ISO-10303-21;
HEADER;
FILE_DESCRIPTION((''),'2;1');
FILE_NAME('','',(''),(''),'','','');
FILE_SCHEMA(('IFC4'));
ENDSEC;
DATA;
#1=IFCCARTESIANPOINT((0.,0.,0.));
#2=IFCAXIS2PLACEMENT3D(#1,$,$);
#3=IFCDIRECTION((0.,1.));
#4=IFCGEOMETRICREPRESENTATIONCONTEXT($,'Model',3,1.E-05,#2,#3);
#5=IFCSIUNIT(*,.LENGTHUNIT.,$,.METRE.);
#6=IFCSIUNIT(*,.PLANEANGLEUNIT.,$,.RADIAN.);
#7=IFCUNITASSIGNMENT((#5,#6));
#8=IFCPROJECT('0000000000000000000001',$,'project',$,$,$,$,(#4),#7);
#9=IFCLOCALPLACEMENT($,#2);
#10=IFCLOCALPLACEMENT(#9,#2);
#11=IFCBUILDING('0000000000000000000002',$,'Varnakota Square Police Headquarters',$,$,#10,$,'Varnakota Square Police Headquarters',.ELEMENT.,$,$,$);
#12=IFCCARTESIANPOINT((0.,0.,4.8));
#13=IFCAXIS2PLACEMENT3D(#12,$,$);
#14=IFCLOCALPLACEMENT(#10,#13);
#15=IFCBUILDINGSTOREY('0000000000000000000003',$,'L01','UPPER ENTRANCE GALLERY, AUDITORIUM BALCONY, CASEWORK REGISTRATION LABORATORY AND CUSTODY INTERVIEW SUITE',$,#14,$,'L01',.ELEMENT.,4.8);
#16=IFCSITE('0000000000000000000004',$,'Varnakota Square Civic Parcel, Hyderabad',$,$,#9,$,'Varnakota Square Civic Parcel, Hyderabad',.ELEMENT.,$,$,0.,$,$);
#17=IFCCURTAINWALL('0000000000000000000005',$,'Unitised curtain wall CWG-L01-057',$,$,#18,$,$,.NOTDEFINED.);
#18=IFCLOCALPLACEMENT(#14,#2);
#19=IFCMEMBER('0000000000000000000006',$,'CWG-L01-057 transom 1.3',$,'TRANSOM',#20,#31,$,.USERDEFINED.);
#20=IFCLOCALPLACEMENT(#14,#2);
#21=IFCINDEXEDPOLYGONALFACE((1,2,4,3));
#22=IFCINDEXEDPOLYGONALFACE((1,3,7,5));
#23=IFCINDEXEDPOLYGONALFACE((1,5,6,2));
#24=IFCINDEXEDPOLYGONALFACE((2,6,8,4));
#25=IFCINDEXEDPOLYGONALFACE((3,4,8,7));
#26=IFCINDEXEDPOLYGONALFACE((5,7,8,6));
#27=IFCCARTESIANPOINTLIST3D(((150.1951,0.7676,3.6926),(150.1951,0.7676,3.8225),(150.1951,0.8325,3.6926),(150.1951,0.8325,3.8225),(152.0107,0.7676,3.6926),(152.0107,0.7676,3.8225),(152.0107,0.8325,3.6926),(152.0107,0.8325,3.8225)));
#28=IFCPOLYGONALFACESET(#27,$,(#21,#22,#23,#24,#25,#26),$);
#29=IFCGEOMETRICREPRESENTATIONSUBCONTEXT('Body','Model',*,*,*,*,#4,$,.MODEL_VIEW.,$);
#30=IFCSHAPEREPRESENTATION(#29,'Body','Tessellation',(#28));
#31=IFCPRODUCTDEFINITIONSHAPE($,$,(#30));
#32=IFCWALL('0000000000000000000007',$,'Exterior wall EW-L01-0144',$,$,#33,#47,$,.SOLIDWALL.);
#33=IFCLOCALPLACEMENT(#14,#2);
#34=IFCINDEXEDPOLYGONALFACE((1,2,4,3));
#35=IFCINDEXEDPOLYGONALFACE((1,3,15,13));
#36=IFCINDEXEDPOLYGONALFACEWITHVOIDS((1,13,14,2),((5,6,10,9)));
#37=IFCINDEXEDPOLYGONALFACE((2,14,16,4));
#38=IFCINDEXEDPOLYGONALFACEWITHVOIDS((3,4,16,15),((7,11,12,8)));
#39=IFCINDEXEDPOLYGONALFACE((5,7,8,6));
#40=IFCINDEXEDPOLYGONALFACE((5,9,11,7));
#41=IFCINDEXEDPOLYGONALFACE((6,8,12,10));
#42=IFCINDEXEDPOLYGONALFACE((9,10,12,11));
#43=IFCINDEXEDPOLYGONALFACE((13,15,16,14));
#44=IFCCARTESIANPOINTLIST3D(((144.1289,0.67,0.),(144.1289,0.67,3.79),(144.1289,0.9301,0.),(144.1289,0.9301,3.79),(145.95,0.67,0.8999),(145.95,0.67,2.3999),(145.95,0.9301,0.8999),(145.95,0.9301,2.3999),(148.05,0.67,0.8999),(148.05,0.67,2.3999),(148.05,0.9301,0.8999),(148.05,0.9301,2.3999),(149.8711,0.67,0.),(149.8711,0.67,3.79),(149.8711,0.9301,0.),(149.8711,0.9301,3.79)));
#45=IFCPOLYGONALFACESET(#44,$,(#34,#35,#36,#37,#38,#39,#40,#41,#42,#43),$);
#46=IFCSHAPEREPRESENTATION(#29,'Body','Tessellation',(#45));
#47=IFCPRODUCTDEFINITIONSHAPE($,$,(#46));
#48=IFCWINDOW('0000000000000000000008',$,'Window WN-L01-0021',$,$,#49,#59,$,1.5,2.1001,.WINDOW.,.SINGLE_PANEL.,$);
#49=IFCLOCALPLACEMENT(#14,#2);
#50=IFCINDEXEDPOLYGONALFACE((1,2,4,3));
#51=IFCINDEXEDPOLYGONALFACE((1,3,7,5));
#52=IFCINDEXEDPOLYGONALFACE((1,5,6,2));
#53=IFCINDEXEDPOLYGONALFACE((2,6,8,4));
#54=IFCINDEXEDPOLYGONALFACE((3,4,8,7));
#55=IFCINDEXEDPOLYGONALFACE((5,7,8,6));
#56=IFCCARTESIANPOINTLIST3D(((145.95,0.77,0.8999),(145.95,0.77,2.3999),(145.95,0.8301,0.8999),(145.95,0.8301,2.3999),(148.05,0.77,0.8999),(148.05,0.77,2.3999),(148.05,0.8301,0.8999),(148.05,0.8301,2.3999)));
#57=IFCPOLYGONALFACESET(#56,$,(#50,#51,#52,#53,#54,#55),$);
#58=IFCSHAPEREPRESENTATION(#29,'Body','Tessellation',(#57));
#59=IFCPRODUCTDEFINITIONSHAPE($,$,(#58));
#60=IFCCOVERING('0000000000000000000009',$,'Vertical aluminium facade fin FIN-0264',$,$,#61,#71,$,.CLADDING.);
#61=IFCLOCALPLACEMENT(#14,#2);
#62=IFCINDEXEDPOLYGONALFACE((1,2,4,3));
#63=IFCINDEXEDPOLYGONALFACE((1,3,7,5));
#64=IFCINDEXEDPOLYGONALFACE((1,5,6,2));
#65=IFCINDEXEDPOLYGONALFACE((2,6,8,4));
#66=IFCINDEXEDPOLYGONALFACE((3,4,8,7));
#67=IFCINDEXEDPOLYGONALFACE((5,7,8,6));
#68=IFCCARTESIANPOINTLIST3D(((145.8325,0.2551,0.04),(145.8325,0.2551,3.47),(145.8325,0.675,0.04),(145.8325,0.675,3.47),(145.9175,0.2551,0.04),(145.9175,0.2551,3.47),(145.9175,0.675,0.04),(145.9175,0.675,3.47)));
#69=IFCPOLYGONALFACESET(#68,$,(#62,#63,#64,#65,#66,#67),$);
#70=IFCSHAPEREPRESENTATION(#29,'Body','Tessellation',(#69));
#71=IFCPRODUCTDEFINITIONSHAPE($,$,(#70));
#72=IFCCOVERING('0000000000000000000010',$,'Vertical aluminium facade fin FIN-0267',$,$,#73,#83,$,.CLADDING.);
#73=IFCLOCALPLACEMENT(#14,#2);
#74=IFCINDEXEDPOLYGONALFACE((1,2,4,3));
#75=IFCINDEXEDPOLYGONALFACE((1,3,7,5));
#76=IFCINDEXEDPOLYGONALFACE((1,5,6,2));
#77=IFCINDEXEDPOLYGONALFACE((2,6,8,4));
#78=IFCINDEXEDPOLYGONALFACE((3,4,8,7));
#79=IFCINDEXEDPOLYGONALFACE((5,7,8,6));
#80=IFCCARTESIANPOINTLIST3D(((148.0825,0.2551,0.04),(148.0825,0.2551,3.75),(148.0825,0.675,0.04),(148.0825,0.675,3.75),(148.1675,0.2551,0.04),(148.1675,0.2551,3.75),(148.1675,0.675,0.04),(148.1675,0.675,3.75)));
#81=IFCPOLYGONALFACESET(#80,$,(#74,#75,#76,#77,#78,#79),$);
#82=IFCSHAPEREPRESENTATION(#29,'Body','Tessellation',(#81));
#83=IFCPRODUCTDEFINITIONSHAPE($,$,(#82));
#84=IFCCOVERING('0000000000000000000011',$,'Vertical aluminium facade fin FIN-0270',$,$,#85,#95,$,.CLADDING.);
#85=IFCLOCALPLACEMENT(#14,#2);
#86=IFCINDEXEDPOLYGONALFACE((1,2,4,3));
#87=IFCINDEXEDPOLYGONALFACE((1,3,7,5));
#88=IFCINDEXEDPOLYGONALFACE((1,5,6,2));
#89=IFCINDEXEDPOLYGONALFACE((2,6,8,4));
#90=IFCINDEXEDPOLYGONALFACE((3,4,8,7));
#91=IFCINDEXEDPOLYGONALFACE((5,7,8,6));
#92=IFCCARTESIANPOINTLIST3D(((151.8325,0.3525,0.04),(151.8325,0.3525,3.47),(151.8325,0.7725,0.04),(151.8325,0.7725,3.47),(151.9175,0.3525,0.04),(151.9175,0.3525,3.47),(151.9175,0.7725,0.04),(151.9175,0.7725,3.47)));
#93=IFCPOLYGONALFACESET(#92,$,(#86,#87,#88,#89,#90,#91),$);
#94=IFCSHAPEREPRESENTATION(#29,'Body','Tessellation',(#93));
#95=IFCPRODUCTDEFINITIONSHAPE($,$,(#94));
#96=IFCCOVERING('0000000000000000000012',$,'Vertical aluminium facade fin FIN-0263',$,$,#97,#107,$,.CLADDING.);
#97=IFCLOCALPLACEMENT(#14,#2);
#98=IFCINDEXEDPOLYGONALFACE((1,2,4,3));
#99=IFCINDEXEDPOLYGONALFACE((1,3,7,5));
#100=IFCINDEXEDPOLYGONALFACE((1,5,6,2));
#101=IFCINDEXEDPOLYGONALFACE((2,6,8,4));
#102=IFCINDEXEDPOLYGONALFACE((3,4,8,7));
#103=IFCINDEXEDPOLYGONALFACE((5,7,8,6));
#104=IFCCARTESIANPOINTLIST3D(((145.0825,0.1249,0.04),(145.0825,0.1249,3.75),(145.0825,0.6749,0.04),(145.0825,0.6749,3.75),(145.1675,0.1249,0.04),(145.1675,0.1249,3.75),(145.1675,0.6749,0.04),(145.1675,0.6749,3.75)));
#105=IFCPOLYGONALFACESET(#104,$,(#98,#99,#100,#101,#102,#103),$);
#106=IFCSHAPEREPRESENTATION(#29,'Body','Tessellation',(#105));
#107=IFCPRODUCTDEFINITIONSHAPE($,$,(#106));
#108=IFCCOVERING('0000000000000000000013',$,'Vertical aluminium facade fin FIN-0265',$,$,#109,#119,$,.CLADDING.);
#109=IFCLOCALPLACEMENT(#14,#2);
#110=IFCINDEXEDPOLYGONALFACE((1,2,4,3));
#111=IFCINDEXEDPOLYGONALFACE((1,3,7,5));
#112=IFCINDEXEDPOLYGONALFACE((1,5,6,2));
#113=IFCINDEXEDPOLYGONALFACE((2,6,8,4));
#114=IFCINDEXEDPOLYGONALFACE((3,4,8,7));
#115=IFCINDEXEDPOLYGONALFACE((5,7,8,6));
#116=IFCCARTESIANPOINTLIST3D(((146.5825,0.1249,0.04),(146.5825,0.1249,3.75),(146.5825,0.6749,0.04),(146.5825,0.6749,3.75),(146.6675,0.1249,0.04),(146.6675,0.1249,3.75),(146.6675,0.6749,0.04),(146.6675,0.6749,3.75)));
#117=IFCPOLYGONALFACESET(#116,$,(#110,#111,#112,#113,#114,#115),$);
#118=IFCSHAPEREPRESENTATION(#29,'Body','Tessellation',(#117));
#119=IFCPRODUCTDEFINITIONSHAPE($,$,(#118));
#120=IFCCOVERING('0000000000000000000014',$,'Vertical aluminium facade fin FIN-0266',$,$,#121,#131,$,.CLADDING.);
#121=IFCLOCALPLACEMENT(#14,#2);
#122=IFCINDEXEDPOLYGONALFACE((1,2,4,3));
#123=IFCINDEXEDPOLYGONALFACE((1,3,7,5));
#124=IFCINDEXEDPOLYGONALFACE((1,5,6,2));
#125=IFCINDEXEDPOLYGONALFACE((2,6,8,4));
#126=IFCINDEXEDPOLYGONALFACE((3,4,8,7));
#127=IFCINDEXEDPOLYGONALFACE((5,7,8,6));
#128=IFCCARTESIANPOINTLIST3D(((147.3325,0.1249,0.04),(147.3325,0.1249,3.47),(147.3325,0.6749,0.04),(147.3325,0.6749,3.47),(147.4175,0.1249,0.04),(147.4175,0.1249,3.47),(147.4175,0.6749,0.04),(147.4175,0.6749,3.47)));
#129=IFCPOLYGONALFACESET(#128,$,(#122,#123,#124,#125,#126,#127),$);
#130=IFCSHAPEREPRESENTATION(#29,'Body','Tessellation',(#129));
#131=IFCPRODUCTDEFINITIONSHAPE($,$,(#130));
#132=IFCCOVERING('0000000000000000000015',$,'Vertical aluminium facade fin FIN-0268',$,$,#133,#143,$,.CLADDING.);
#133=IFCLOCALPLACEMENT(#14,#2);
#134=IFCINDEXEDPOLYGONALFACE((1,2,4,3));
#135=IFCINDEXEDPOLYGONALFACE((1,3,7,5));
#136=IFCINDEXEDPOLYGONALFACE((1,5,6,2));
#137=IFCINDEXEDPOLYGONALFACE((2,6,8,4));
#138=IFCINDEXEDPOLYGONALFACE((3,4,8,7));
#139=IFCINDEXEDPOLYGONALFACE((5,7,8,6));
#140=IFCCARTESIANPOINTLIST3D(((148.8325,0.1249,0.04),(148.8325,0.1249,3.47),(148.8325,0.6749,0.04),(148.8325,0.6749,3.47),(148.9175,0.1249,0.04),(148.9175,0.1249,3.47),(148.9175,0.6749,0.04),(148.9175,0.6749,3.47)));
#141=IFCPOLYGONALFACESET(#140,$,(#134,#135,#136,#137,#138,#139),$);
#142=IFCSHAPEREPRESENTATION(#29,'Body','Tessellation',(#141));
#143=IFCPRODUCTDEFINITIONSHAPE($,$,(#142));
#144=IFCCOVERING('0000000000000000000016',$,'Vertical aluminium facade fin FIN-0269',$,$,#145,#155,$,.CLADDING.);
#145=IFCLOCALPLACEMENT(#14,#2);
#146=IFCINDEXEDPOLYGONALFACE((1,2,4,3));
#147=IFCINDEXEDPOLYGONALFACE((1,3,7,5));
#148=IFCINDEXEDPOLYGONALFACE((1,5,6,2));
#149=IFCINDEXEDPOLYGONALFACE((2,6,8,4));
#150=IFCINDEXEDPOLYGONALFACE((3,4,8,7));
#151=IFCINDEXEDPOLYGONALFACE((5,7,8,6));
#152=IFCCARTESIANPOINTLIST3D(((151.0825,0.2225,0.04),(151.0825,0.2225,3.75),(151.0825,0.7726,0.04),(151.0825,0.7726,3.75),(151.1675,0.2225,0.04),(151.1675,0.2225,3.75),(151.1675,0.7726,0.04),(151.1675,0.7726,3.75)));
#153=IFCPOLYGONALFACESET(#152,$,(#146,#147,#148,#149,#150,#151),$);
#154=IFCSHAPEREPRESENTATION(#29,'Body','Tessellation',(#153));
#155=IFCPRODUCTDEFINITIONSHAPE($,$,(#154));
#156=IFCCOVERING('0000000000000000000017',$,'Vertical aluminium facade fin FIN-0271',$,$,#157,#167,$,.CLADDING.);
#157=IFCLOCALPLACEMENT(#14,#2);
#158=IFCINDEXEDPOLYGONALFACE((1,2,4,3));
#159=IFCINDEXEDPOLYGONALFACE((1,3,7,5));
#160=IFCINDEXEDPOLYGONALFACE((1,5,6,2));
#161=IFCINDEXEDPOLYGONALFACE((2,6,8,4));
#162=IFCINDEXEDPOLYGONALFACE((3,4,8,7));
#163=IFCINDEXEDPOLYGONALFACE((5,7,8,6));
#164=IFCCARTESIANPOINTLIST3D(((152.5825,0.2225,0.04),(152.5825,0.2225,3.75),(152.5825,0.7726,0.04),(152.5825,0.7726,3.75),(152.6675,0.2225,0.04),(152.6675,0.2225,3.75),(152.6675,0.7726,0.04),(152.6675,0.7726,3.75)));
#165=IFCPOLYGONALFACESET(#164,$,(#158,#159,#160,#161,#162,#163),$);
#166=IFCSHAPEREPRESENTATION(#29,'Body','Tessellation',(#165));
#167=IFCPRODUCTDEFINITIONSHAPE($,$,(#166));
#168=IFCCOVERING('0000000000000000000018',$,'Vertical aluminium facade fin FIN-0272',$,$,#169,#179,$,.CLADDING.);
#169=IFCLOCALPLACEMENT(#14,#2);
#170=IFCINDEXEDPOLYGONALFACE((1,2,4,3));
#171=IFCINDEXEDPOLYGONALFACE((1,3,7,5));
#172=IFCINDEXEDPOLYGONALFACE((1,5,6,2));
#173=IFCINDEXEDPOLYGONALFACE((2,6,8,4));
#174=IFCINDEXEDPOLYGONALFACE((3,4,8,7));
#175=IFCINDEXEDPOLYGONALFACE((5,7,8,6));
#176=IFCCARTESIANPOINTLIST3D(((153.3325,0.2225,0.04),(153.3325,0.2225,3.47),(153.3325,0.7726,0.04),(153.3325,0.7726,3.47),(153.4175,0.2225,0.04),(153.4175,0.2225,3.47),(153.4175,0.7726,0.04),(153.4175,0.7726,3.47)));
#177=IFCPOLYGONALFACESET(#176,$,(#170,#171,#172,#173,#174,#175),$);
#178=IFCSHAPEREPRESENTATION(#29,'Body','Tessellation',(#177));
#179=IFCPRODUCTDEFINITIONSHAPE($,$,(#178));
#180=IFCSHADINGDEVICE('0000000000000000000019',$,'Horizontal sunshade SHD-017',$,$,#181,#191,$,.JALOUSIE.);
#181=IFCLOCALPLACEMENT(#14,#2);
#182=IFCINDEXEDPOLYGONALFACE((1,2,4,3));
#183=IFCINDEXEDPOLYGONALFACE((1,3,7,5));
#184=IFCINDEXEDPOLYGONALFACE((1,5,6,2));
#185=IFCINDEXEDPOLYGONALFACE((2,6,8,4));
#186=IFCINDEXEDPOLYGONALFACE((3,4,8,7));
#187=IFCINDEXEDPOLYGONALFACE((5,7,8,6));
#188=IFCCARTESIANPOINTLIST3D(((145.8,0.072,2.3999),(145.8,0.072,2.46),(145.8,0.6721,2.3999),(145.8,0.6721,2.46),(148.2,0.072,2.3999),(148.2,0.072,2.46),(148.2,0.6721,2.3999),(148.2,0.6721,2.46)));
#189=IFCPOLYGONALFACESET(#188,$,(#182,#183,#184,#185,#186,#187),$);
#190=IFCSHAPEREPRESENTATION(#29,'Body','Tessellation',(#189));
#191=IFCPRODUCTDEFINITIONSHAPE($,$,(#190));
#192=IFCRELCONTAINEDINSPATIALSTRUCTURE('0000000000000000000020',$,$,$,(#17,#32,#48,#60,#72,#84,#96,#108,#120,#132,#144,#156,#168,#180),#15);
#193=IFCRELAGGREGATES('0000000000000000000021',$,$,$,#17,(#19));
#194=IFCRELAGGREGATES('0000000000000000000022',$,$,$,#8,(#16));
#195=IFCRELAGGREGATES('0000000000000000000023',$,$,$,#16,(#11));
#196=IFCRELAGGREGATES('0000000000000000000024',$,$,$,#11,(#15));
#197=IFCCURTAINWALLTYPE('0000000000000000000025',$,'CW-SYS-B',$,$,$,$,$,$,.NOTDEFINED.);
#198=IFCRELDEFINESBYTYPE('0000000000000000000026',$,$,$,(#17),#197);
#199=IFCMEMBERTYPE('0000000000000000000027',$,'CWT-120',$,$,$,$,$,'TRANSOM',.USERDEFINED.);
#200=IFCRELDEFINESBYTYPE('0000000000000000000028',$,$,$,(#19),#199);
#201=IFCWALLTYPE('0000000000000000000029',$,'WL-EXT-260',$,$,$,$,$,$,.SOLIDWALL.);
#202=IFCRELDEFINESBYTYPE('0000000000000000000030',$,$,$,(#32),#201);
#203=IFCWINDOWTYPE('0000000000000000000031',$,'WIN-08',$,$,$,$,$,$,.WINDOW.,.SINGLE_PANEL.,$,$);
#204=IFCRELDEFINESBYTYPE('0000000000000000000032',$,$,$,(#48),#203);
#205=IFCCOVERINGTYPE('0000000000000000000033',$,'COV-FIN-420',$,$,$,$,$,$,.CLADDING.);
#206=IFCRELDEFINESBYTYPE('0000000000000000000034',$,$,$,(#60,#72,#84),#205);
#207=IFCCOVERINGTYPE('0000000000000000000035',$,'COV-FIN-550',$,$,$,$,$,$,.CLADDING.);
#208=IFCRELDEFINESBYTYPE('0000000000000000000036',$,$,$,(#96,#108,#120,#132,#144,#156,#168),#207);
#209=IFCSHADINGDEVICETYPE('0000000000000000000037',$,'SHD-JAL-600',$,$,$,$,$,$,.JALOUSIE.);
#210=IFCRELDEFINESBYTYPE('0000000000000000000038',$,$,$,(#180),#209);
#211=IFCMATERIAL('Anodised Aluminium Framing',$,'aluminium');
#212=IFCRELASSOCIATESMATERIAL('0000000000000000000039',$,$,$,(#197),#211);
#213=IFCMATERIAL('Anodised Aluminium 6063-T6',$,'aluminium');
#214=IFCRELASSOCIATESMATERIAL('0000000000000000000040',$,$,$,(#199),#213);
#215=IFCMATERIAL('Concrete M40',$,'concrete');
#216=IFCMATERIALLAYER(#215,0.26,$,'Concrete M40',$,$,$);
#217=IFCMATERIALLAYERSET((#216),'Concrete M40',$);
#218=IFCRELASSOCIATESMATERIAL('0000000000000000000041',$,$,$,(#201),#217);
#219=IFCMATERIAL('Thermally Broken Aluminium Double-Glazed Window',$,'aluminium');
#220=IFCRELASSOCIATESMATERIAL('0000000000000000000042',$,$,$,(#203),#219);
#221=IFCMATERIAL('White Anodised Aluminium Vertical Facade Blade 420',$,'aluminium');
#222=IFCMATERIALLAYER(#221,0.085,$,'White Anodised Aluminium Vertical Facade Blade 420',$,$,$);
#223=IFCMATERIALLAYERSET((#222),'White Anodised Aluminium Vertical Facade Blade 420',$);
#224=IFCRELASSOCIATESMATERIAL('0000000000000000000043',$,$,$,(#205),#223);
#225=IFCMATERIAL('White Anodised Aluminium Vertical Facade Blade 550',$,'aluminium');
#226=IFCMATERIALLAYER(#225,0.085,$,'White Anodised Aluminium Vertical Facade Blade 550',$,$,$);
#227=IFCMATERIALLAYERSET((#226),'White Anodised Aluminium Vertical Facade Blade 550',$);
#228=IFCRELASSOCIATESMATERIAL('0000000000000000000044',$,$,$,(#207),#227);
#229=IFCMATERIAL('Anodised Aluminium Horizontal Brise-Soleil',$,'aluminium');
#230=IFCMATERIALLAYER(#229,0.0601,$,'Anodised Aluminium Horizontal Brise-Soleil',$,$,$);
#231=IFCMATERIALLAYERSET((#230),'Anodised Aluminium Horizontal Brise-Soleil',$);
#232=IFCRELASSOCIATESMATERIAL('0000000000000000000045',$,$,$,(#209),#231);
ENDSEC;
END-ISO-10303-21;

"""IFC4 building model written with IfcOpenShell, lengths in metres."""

from ifc_helpers import new_model, si_unit, direction, frame, frame_2d, origin, origin_2d, place, context, subcontext, project, spatial, rectangle, extrude, material, layer, layer_set, material_profile, profile_set, type_object, element, fill, aggregate, save


model = new_model("IFC4")

# Units and contexts
model_context = context("Model", 3, precision=1e-05, world=origin(), true_north=direction((0.0, 1.0)))
body_context = subcontext(model_context, "Body", "Model", "MODEL_VIEW")
ifc_project = project(units=[si_unit("LENGTHUNIT", "METRE"), si_unit("PLANEANGLEUNIT", "RADIAN")], contexts=[model_context])

# Site, building, storey
site_placement = place(None, origin())
site = spatial("IfcSite", under=ifc_project, at=site_placement, Name="Varnakota Square Civic Parcel, Hyderabad", LongName="Varnakota Square Civic Parcel, Hyderabad", CompositionType="ELEMENT", RefElevation=0.0)
building_placement = place(site_placement, origin())
building = spatial("IfcBuilding", under=site, at=building_placement, Name="Varnakota Square Police Headquarters", LongName="Varnakota Square Police Headquarters", CompositionType="ELEMENT")
storey_placement = place(building_placement, frame((0.0, 0.0, 4.8)))
storey = spatial("IfcBuildingStorey", under=building, at=storey_placement, Name="L01", Description="UPPER ENTRANCE GALLERY, AUDITORIUM BALCONY, CASEWORK REGISTRATION LABORATORY AND CUSTODY INTERVIEW SUITE", LongName="L01", CompositionType="ELEMENT", Elevation=4.8)

# Curtain wall, member
ifc_material_1 = material(Name="Anodised Aluminium Framing", Category="aluminium")
curtain_wall_type = type_object("IfcCurtainWallType", Name="CW-SYS-B", PredefinedType="NOTDEFINED", material=ifc_material_1)
curtain_wall_placement = place(storey_placement, origin())
curtain_wall = element("IfcCurtainWall", 1, at=curtain_wall_placement, inside=storey, type_object=curtain_wall_type, Name="Unitised curtain wall CWG-L01-057", PredefinedType="NOTDEFINED")
ifc_material_2 = material(Name="Anodised Aluminium 6063-T6", Category="aluminium")
ifc_material_profile_1 = material_profile(ifc_material_2, rectangle(XDim=0.0649, YDim=0.1299, at=origin_2d()), Name="ALU TRANSOM 65x130")
ifc_profile_set_1 = profile_set([ifc_material_profile_1], Name="Anodised Aluminium 6063-T6")
member_type_1 = type_object("IfcMemberType", Name="CWT-120", ElementType="TRANSOM", PredefinedType="USERDEFINED", material=ifc_profile_set_1)
member_1_placement = place(storey_placement, frame((150.1951, 0.8, 3.7576), z_axis=(1.0, 0.0, 0.0), x_axis=(0.0, 1.0, 0.0)))
member_1 = element("IfcMember", 2, at=member_1_placement, type_object=member_type_1, Name="CWG-L01-057 transom 1.3", ObjectType="TRANSOM", PredefinedType="USERDEFINED", context=body_context, shape_type="SweptSolid", body=[
    extrude(rectangle(XDim=0.0649, YDim=0.1299, at=origin_2d()), origin(), (0.0, 0.0, 1.0), 1.8157),
])
aggregate(curtain_wall, [member_1])

# Wall, opening, window
ifc_material_3 = material(Name="Concrete M40", Category="concrete")
ifc_layer_1 = layer(ifc_material_3, 0.26, Name="Concrete M40")
ifc_layer_set_1 = layer_set([ifc_layer_1], Name="Concrete M40")
wall_type = type_object("IfcWallType", Name="WL-EXT-260", PredefinedType="SOLIDWALL", material=ifc_layer_set_1)
wall_placement = place(storey_placement, frame((144.1289, 0.8, 0.0), z_axis=(0.0, 0.0, 1.0), x_axis=(1.0, 0.0, 0.0)))
wall = element("IfcWall", 3, at=wall_placement, inside=storey, type_object=wall_type, Name="Exterior wall EW-L01-0144", PredefinedType="SOLIDWALL", context=body_context, shape_type="SweptSolid", body=[
    extrude(rectangle(XDim=5.7422, YDim=0.26, at=frame_2d((2.8711, 0.0))), origin(), (0.0, 0.0, 1.0), 3.79),
])
opening_placement = place(wall_placement, frame((1.821, 0.0, 0.8999)))
opening = element("IfcOpeningElement", 4, at=opening_placement, cuts=wall, PredefinedType="OPENING", context=body_context, shape_type="SweptSolid", body=[
    extrude(rectangle(XDim=2.1001, YDim=1.5, at=frame_2d((1.05, 0.75))), frame((0.0, 0.1399, 0.0), z_axis=(0.0, -1.0, 0.0), x_axis=(1.0, 0.0, 0.0)), (0.0, 0.0, 1.0), 0.28),
])
ifc_material_4 = material(Name="Thermally Broken Aluminium Double-Glazed Window", Category="aluminium")
window_type = type_object("IfcWindowType", Name="WIN-08", PartitioningType="SINGLE_PANEL", PredefinedType="WINDOW", material=ifc_material_4)
window_placement = place(opening_placement, origin())
window = element("IfcWindow", 5, at=window_placement, inside=storey, type_object=window_type, Name="Window WN-L01-0021", OverallHeight=1.5, OverallWidth=2.1001, PartitioningType="SINGLE_PANEL", PredefinedType="WINDOW", context=body_context, shape_type="SweptSolid", body=[
    extrude(rectangle(XDim=2.1001, YDim=1.5, at=frame_2d((1.05, 0.75))), frame((0.0, 0.03, 0.0), z_axis=(0.0, -1.0, 0.0), x_axis=(1.0, 0.0, 0.0)), (0.0, 0.0, 1.0), 0.0601),
])
fill(opening, window)

# Coverings
ifc_material_5 = material(Name="White Anodised Aluminium Vertical Facade Blade 420", Category="aluminium")
ifc_layer_2 = layer(ifc_material_5, 0.085, Name="White Anodised Aluminium Vertical Facade Blade 420")
ifc_layer_set_2 = layer_set([ifc_layer_2], Name="White Anodised Aluminium Vertical Facade Blade 420")
covering_type_1 = type_object("IfcCoveringType", Name="COV-FIN-420", PredefinedType="CLADDING", material=ifc_layer_set_2)
covering_1_placement = place(storey_placement, frame((145.875, 0.4651, 0.04), z_axis=(0.0, 0.0, 1.0), x_axis=(1.0, 0.0, 0.0)))
element("IfcCovering", 6, at=covering_1_placement, inside=storey, type_object=covering_type_1, Name="Vertical aluminium facade fin FIN-0264", PredefinedType="CLADDING", context=body_context, shape_type="SweptSolid", body=[
    extrude(rectangle(XDim=0.085, YDim=0.4199, at=origin_2d()), origin(), (0.0, 0.0, 1.0), 3.4299),
])
covering_2_placement = place(storey_placement, frame((148.125, 0.4651, 0.04), z_axis=(0.0, 0.0, 1.0), x_axis=(1.0, 0.0, 0.0)))
element("IfcCovering", 7, at=covering_2_placement, inside=storey, type_object=covering_type_1, Name="Vertical aluminium facade fin FIN-0267", PredefinedType="CLADDING", context=body_context, shape_type="SweptSolid", body=[
    extrude(rectangle(XDim=0.085, YDim=0.4199, at=origin_2d()), origin(), (0.0, 0.0, 1.0), 3.71),
])
covering_3_placement = place(storey_placement, frame((151.875, 0.5625, 0.04), z_axis=(0.0, 0.0, 1.0), x_axis=(1.0, 0.0, 0.0)))
element("IfcCovering", 8, at=covering_3_placement, inside=storey, type_object=covering_type_1, Name="Vertical aluminium facade fin FIN-0270", PredefinedType="CLADDING", context=body_context, shape_type="SweptSolid", body=[
    extrude(rectangle(XDim=0.085, YDim=0.4199, at=origin_2d()), origin(), (0.0, 0.0, 1.0), 3.4299),
])
ifc_material_6 = material(Name="White Anodised Aluminium Vertical Facade Blade 550", Category="aluminium")
ifc_layer_3 = layer(ifc_material_6, 0.085, Name="White Anodised Aluminium Vertical Facade Blade 550")
ifc_layer_set_3 = layer_set([ifc_layer_3], Name="White Anodised Aluminium Vertical Facade Blade 550")
covering_type_2 = type_object("IfcCoveringType", Name="COV-FIN-550", PredefinedType="CLADDING", material=ifc_layer_set_3)
for number, where, z_axis, x_axis, name in (
    (9, (145.125, 0.3999, 0.04), (0.0, 0.0, 1.0), (1.0, 0.0, 0.0), "Vertical aluminium facade fin FIN-0263"),
    (10, (146.625, 0.3999, 0.04), (0.0, 0.0, 1.0), (1.0, 0.0, 0.0), "Vertical aluminium facade fin FIN-0265"),
):
    element("IfcCovering", number, at=place(storey_placement, frame(where, z_axis=z_axis, x_axis=x_axis)), inside=storey, type_object=covering_type_2, Name=name, PredefinedType="CLADDING", context=body_context, shape_type="SweptSolid", body=[
        extrude(rectangle(XDim=0.085, YDim=0.55, at=origin_2d()), origin(), (0.0, 0.0, 1.0), 3.71),
    ])
for number, where, z_axis, x_axis, name in (
    (11, (147.375, 0.3999, 0.04), (0.0, 0.0, 1.0), (1.0, 0.0, 0.0), "Vertical aluminium facade fin FIN-0266"),
    (12, (148.875, 0.3999, 0.04), (0.0, 0.0, 1.0), (1.0, 0.0, 0.0), "Vertical aluminium facade fin FIN-0268"),
):
    element("IfcCovering", number, at=place(storey_placement, frame(where, z_axis=z_axis, x_axis=x_axis)), inside=storey, type_object=covering_type_2, Name=name, PredefinedType="CLADDING", context=body_context, shape_type="SweptSolid", body=[
        extrude(rectangle(XDim=0.085, YDim=0.55, at=origin_2d()), origin(), (0.0, 0.0, 1.0), 3.4299),
    ])
for number, where, z_axis, x_axis, name in (
    (13, (151.125, 0.4976, 0.04), (0.0, 0.0, 1.0), (1.0, 0.0, 0.0), "Vertical aluminium facade fin FIN-0269"),
    (14, (152.625, 0.4976, 0.04), (0.0, 0.0, 1.0), (1.0, 0.0, 0.0), "Vertical aluminium facade fin FIN-0271"),
):
    element("IfcCovering", number, at=place(storey_placement, frame(where, z_axis=z_axis, x_axis=x_axis)), inside=storey, type_object=covering_type_2, Name=name, PredefinedType="CLADDING", context=body_context, shape_type="SweptSolid", body=[
        extrude(rectangle(XDim=0.085, YDim=0.55, at=origin_2d()), origin(), (0.0, 0.0, 1.0), 3.71),
    ])
covering_4_placement = place(storey_placement, frame((153.375, 0.4976, 0.04), z_axis=(0.0, 0.0, 1.0), x_axis=(1.0, 0.0, 0.0)))
element("IfcCovering", 15, at=covering_4_placement, inside=storey, type_object=covering_type_2, Name="Vertical aluminium facade fin FIN-0272", PredefinedType="CLADDING", context=body_context, shape_type="SweptSolid", body=[
    extrude(rectangle(XDim=0.085, YDim=0.55, at=origin_2d()), origin(), (0.0, 0.0, 1.0), 3.4299),
])

# Shading device
ifc_material_7 = material(Name="Anodised Aluminium Horizontal Brise-Soleil", Category="aluminium")
ifc_layer_4 = layer(ifc_material_7, 0.0601, Name="Anodised Aluminium Horizontal Brise-Soleil")
ifc_layer_set_4 = layer_set([ifc_layer_4], Name="Anodised Aluminium Horizontal Brise-Soleil")
shading_device_type = type_object("IfcShadingDeviceType", Name="SHD-JAL-600", PredefinedType="JALOUSIE", material=ifc_layer_set_4)
shading_device_placement = place(storey_placement, frame((147.0, 0.3721, 2.3999), z_axis=(0.0, 0.0, 1.0), x_axis=(1.0, 0.0, 0.0)))
element("IfcShadingDevice", 16, at=shading_device_placement, inside=storey, type_object=shading_device_type, Name="Horizontal sunshade SHD-017", PredefinedType="JALOUSIE", context=body_context, shape_type="SweptSolid", body=[
    extrude(rectangle(XDim=2.3999, YDim=0.6001, at=origin_2d()), origin(), (0.0, 0.0, 1.0), 0.0601),
])

save(model, "model.ifc")
